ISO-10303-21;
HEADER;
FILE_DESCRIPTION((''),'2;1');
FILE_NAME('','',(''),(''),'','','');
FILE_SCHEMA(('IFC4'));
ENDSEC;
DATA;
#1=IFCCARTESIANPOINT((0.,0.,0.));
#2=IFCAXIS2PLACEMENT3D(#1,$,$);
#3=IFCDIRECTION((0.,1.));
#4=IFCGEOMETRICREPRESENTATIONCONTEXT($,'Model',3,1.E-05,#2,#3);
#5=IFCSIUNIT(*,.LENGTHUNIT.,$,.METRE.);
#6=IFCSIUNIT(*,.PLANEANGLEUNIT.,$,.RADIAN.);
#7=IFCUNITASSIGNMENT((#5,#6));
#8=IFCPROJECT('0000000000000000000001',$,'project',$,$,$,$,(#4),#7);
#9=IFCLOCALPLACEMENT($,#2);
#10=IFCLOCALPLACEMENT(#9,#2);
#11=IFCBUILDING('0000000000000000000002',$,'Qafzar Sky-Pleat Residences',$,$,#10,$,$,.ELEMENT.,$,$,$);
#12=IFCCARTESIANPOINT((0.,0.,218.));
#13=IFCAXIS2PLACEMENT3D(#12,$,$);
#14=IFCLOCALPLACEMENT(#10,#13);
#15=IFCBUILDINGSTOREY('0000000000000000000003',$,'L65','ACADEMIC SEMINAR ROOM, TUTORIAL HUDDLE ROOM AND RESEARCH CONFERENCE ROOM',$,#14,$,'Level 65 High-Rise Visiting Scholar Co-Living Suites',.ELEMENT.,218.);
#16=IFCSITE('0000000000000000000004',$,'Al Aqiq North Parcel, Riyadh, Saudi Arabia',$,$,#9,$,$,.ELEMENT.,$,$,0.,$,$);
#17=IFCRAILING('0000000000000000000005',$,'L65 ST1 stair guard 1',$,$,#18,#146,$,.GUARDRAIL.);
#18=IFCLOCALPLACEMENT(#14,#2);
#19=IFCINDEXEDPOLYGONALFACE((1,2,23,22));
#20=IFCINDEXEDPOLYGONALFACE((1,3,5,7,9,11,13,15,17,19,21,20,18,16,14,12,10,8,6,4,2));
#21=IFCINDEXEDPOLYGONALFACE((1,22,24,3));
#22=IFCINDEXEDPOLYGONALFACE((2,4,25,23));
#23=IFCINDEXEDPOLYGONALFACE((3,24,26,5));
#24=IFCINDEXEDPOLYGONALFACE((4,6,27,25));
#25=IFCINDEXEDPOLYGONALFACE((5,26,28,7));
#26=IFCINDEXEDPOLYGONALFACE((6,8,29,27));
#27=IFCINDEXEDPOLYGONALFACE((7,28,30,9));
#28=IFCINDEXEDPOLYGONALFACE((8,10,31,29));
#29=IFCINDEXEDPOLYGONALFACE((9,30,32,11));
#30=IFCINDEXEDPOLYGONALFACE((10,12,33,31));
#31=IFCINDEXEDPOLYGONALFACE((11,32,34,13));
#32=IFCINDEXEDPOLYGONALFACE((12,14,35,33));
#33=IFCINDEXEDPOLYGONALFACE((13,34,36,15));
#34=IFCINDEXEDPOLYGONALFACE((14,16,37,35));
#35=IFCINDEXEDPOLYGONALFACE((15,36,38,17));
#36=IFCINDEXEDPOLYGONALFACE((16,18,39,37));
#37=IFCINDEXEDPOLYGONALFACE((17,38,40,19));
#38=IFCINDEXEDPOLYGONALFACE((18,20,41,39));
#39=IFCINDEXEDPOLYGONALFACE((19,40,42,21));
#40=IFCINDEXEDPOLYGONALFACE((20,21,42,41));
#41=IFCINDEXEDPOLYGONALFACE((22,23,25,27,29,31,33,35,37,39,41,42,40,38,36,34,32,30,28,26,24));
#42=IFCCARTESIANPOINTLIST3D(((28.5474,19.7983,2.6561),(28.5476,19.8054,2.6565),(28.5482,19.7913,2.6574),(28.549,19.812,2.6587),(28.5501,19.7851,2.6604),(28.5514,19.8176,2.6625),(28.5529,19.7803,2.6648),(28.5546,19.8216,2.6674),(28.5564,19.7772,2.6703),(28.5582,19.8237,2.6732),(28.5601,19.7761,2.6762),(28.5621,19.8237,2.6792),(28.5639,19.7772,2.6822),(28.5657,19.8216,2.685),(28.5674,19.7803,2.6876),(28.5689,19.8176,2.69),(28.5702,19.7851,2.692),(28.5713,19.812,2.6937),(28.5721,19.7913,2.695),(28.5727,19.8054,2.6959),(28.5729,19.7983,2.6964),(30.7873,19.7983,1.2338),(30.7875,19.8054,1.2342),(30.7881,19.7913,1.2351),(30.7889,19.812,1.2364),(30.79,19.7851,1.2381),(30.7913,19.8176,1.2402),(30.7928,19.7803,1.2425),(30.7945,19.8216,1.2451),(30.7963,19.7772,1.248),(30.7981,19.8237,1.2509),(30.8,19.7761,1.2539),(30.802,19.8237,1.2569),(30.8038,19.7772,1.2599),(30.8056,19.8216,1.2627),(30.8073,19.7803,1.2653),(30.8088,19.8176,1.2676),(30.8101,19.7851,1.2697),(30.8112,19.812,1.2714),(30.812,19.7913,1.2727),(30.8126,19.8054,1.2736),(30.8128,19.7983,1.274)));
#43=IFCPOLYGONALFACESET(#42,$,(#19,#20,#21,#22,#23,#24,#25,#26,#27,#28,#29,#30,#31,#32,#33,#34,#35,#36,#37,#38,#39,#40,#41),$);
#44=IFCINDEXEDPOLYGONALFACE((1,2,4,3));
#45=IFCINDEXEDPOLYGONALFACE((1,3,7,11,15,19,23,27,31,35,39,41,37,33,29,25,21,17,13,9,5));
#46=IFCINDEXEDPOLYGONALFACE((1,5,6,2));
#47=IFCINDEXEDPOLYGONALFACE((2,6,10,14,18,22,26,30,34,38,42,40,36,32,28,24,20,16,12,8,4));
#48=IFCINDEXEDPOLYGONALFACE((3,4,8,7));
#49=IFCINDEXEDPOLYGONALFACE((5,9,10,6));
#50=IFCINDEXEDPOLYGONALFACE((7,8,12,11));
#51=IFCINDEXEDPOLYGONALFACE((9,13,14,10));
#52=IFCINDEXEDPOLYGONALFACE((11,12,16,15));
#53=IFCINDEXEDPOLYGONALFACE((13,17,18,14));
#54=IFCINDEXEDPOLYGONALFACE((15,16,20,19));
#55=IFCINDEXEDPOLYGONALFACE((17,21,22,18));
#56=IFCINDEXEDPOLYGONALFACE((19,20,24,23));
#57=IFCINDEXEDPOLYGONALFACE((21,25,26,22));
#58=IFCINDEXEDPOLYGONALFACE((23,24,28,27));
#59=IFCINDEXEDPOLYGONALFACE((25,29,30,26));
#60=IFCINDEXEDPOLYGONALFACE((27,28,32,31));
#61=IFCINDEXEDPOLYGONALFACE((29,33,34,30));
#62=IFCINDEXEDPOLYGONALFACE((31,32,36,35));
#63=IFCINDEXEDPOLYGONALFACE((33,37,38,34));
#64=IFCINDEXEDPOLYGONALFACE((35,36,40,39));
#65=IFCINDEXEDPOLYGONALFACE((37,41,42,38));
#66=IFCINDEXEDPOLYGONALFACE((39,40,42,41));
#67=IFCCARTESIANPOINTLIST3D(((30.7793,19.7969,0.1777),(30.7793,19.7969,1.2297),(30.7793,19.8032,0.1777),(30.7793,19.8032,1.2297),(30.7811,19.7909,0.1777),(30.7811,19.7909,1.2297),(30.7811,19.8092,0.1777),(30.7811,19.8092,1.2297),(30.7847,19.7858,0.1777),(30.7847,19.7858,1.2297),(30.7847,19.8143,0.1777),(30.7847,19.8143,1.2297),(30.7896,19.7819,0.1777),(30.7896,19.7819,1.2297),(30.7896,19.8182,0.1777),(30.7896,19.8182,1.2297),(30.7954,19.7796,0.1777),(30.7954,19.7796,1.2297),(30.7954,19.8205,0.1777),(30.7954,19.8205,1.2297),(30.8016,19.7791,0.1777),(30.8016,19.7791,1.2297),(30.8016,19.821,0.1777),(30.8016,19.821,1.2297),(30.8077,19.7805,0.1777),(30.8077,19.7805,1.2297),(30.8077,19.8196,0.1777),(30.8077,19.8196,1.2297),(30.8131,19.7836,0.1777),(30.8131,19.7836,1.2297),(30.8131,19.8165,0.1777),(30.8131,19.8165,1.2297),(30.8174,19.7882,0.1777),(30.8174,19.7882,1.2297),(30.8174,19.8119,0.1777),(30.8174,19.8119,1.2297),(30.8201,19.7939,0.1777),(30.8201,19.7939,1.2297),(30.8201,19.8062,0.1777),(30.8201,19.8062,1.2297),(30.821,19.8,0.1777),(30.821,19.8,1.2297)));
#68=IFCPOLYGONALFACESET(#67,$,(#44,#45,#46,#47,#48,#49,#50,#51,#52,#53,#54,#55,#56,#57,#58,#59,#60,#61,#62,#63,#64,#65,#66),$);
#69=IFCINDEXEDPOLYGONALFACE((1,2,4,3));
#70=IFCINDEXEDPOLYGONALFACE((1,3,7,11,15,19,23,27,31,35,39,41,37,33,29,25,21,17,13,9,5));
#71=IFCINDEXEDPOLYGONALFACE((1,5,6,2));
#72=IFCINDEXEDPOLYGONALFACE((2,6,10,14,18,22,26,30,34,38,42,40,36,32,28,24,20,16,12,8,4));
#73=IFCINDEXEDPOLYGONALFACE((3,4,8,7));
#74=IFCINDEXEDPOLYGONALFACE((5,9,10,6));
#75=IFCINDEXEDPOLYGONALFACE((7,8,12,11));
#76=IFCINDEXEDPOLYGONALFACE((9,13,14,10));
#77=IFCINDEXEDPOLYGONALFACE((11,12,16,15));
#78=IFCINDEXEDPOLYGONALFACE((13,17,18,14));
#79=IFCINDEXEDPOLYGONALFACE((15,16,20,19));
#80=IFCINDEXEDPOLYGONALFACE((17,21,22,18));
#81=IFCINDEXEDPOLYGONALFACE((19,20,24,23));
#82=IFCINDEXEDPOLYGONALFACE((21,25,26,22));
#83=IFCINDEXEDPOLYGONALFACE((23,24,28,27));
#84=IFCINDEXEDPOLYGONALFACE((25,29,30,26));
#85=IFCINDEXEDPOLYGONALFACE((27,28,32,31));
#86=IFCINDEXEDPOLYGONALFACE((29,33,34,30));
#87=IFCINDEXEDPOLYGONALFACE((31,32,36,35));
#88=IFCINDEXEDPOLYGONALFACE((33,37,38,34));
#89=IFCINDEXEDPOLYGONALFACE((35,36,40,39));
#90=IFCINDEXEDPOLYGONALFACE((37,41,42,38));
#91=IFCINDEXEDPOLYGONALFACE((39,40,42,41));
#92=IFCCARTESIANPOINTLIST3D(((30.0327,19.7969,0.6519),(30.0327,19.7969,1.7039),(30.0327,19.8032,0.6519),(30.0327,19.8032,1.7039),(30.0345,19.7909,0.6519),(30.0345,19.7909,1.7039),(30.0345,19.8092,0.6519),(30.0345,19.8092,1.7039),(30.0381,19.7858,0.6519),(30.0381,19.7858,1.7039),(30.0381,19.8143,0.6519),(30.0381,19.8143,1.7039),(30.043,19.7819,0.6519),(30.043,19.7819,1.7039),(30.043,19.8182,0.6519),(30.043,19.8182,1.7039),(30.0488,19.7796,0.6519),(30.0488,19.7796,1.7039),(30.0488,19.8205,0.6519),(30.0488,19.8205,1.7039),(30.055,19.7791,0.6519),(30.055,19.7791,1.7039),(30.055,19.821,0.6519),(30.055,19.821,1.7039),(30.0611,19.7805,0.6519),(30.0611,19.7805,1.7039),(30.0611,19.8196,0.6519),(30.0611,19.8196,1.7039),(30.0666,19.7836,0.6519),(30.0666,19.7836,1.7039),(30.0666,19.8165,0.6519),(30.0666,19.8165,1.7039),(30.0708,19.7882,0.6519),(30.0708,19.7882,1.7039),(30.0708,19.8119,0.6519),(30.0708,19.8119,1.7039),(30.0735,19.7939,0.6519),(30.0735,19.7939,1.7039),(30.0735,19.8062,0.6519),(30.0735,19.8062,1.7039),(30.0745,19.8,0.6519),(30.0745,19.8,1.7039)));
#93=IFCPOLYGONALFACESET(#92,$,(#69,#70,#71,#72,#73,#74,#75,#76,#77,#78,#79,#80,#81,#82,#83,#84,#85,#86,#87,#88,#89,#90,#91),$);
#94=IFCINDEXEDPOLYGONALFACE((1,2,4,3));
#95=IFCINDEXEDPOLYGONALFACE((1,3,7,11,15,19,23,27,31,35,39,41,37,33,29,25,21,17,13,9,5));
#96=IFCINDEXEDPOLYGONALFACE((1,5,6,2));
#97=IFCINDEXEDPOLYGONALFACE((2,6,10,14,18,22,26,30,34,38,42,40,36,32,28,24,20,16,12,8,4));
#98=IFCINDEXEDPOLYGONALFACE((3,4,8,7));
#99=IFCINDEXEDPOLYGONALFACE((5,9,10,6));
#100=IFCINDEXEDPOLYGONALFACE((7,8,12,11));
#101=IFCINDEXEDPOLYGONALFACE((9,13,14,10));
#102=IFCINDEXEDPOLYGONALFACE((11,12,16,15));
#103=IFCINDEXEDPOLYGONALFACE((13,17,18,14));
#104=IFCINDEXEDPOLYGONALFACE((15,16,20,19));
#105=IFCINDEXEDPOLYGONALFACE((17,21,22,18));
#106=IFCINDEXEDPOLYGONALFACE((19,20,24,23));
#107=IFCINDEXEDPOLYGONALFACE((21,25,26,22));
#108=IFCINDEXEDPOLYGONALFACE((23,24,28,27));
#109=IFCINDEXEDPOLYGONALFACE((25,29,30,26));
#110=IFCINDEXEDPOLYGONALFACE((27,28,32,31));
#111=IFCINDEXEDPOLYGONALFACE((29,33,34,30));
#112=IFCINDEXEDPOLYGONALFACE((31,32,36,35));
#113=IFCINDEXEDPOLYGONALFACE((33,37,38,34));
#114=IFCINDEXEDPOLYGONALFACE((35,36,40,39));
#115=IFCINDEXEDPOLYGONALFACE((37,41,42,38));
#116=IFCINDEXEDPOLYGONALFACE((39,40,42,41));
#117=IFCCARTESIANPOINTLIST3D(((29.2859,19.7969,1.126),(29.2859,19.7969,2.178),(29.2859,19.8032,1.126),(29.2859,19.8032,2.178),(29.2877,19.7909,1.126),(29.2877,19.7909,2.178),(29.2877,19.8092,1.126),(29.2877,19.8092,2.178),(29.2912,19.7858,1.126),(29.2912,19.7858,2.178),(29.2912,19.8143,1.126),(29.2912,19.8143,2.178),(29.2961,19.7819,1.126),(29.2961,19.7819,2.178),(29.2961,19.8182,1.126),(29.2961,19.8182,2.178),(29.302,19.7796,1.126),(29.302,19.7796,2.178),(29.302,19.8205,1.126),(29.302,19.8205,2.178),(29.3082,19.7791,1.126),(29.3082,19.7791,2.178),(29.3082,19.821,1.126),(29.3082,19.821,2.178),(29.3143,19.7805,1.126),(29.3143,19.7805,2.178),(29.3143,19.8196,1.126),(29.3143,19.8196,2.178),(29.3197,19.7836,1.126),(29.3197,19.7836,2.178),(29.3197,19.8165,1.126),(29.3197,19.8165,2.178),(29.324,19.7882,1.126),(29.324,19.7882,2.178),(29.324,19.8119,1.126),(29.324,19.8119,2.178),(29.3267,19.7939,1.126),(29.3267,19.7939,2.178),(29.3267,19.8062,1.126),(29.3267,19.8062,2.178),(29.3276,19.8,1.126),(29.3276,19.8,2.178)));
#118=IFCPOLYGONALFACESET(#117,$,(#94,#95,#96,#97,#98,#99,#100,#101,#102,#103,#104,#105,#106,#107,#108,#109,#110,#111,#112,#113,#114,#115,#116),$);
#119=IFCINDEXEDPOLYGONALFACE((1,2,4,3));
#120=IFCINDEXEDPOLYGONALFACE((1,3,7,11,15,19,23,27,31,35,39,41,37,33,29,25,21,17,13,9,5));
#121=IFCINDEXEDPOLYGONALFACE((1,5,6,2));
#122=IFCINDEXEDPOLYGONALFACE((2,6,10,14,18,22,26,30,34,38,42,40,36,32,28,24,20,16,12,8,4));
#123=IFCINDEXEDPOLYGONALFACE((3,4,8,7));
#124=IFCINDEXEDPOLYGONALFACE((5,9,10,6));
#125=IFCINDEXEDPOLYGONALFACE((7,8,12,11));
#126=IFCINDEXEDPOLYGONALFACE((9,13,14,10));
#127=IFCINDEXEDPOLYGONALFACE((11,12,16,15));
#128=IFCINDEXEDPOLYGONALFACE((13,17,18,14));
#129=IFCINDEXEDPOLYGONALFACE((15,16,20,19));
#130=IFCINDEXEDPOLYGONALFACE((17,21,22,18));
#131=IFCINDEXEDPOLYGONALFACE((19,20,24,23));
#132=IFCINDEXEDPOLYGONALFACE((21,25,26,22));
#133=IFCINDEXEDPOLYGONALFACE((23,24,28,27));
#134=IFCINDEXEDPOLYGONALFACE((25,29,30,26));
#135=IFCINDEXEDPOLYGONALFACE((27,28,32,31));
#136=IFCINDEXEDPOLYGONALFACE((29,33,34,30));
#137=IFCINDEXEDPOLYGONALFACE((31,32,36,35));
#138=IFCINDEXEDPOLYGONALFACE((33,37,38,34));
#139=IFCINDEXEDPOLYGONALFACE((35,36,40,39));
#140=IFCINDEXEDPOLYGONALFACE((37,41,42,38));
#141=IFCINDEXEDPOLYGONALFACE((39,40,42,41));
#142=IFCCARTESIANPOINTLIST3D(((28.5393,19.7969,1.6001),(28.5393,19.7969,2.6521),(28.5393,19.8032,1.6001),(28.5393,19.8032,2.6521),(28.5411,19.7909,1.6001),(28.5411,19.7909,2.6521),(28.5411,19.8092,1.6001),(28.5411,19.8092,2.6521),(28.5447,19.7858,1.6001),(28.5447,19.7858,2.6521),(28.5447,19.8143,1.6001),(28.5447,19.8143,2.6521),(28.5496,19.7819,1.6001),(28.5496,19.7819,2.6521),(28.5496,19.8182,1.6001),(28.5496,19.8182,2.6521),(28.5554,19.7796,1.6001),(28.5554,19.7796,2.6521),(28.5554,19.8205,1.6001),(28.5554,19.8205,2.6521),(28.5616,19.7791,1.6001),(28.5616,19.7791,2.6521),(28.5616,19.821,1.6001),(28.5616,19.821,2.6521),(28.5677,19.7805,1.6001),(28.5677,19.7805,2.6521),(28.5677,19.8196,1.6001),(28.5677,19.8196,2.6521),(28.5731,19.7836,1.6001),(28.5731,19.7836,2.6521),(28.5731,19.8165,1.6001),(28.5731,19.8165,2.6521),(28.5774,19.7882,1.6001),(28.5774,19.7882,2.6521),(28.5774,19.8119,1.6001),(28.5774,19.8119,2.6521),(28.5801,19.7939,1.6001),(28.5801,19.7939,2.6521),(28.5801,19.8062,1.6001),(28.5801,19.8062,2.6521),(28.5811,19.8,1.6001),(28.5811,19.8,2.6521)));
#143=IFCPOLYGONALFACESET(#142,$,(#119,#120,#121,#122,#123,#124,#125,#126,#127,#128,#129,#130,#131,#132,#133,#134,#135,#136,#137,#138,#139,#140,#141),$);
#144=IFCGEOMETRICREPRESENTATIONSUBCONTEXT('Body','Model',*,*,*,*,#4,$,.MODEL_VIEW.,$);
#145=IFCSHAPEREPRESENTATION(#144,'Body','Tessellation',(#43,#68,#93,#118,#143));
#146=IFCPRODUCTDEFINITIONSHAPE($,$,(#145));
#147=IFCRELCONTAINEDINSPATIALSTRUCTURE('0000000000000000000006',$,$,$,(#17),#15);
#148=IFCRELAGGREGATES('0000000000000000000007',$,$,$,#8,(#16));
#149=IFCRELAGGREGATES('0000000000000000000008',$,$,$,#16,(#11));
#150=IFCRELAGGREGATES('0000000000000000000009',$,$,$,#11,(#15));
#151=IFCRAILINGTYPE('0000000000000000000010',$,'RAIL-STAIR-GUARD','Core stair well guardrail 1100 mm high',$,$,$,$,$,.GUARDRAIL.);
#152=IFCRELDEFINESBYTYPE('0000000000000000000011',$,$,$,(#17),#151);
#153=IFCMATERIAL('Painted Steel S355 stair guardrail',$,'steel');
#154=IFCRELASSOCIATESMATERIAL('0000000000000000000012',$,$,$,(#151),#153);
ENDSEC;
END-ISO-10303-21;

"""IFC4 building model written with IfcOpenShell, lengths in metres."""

from ifc_helpers import new_model, si_unit, direction, frame, origin, origin_2d, place, context, subcontext, project, spatial, circle, extrude, source, transform, mapped, material, type_object, element, save


model = new_model("IFC4")

# Units and contexts
model_context = context("Model", 3, precision=1e-05, world=origin(), true_north=direction((0.0, 1.0)))
body_context = subcontext(model_context, "Body", "Model", "MODEL_VIEW")
ifc_project = project(units=[si_unit("LENGTHUNIT", "METRE"), si_unit("PLANEANGLEUNIT", "RADIAN")], contexts=[model_context])

# Site, building, storey
site_placement = place(None, origin())
site = spatial("IfcSite", under=ifc_project, at=site_placement, Name="Al Aqiq North Parcel, Riyadh, Saudi Arabia", CompositionType="ELEMENT", RefElevation=0.0)
building_placement = place(site_placement, origin())
building = spatial("IfcBuilding", under=site, at=building_placement, Name="Qafzar Sky-Pleat Residences", CompositionType="ELEMENT")
storey_placement = place(building_placement, frame((0.0, 0.0, 218.0)))
storey = spatial("IfcBuildingStorey", under=building, at=storey_placement, Name="L65", Description="ACADEMIC SEMINAR ROOM, TUTORIAL HUDDLE ROOM AND RESEARCH CONFERENCE ROOM", LongName="Level 65 High-Rise Visiting Scholar Co-Living Suites", CompositionType="ELEMENT", Elevation=218.0)

# Railing
ifc_material_1 = material(Name="Painted Steel S355 stair guardrail", Category="steel")
railing_type_1 = type_object("IfcRailingType", Name="RAIL-STAIR-GUARD", Description="Core stair well guardrail 1100 mm high", PredefinedType="GUARDRAIL", material=ifc_material_1)
shared_shape_1 = source(origin(), body_context, "Body", "SweptSolid", [
    extrude(circle(Radius=0.0239, at=origin_2d()), frame((0.0, 0.0, 1.0762), z_axis=(-0.844188, 0.0, 0.536048), x_axis=(0.0, -1.0, 0.0)), (0.0, 0.0, 1.0), 2.6533),
    extrude(circle(Radius=0.021, at=origin_2d()), origin(), (0.0, 0.0, 1.0), 1.052),
    extrude(circle(Radius=0.021, at=origin_2d()), frame((-0.7466, 0.0, 0.4741)), (0.0, 0.0, 1.0), 1.052),
    extrude(circle(Radius=0.021, at=origin_2d()), frame((-1.4934, 0.0, 0.9482)), (0.0, 0.0, 1.0), 1.052),
    extrude(circle(Radius=0.021, at=origin_2d()), frame((-2.24, 0.0, 1.4224)), (0.0, 0.0, 1.0), 1.052),
])
railing_1_placement = place(storey_placement, frame((30.8, 19.8, 0.1777)))
element("IfcRailing", 1, at=railing_1_placement, inside=storey, type_object=railing_type_1, Name="L65 ST1 stair guard 1", PredefinedType="GUARDRAIL", context=body_context, shape_type="MappedRepresentation", body=[
    mapped(shared_shape_1, transform((0.0, 0.0, 0.0), x_axis=(1.0, 0.0, 0.0), y_axis=(0.0, 1.0, 0.0), z_axis=(0.0, 0.0, 1.0), scale=1.0)),
])

save(model, "model.ifc")
